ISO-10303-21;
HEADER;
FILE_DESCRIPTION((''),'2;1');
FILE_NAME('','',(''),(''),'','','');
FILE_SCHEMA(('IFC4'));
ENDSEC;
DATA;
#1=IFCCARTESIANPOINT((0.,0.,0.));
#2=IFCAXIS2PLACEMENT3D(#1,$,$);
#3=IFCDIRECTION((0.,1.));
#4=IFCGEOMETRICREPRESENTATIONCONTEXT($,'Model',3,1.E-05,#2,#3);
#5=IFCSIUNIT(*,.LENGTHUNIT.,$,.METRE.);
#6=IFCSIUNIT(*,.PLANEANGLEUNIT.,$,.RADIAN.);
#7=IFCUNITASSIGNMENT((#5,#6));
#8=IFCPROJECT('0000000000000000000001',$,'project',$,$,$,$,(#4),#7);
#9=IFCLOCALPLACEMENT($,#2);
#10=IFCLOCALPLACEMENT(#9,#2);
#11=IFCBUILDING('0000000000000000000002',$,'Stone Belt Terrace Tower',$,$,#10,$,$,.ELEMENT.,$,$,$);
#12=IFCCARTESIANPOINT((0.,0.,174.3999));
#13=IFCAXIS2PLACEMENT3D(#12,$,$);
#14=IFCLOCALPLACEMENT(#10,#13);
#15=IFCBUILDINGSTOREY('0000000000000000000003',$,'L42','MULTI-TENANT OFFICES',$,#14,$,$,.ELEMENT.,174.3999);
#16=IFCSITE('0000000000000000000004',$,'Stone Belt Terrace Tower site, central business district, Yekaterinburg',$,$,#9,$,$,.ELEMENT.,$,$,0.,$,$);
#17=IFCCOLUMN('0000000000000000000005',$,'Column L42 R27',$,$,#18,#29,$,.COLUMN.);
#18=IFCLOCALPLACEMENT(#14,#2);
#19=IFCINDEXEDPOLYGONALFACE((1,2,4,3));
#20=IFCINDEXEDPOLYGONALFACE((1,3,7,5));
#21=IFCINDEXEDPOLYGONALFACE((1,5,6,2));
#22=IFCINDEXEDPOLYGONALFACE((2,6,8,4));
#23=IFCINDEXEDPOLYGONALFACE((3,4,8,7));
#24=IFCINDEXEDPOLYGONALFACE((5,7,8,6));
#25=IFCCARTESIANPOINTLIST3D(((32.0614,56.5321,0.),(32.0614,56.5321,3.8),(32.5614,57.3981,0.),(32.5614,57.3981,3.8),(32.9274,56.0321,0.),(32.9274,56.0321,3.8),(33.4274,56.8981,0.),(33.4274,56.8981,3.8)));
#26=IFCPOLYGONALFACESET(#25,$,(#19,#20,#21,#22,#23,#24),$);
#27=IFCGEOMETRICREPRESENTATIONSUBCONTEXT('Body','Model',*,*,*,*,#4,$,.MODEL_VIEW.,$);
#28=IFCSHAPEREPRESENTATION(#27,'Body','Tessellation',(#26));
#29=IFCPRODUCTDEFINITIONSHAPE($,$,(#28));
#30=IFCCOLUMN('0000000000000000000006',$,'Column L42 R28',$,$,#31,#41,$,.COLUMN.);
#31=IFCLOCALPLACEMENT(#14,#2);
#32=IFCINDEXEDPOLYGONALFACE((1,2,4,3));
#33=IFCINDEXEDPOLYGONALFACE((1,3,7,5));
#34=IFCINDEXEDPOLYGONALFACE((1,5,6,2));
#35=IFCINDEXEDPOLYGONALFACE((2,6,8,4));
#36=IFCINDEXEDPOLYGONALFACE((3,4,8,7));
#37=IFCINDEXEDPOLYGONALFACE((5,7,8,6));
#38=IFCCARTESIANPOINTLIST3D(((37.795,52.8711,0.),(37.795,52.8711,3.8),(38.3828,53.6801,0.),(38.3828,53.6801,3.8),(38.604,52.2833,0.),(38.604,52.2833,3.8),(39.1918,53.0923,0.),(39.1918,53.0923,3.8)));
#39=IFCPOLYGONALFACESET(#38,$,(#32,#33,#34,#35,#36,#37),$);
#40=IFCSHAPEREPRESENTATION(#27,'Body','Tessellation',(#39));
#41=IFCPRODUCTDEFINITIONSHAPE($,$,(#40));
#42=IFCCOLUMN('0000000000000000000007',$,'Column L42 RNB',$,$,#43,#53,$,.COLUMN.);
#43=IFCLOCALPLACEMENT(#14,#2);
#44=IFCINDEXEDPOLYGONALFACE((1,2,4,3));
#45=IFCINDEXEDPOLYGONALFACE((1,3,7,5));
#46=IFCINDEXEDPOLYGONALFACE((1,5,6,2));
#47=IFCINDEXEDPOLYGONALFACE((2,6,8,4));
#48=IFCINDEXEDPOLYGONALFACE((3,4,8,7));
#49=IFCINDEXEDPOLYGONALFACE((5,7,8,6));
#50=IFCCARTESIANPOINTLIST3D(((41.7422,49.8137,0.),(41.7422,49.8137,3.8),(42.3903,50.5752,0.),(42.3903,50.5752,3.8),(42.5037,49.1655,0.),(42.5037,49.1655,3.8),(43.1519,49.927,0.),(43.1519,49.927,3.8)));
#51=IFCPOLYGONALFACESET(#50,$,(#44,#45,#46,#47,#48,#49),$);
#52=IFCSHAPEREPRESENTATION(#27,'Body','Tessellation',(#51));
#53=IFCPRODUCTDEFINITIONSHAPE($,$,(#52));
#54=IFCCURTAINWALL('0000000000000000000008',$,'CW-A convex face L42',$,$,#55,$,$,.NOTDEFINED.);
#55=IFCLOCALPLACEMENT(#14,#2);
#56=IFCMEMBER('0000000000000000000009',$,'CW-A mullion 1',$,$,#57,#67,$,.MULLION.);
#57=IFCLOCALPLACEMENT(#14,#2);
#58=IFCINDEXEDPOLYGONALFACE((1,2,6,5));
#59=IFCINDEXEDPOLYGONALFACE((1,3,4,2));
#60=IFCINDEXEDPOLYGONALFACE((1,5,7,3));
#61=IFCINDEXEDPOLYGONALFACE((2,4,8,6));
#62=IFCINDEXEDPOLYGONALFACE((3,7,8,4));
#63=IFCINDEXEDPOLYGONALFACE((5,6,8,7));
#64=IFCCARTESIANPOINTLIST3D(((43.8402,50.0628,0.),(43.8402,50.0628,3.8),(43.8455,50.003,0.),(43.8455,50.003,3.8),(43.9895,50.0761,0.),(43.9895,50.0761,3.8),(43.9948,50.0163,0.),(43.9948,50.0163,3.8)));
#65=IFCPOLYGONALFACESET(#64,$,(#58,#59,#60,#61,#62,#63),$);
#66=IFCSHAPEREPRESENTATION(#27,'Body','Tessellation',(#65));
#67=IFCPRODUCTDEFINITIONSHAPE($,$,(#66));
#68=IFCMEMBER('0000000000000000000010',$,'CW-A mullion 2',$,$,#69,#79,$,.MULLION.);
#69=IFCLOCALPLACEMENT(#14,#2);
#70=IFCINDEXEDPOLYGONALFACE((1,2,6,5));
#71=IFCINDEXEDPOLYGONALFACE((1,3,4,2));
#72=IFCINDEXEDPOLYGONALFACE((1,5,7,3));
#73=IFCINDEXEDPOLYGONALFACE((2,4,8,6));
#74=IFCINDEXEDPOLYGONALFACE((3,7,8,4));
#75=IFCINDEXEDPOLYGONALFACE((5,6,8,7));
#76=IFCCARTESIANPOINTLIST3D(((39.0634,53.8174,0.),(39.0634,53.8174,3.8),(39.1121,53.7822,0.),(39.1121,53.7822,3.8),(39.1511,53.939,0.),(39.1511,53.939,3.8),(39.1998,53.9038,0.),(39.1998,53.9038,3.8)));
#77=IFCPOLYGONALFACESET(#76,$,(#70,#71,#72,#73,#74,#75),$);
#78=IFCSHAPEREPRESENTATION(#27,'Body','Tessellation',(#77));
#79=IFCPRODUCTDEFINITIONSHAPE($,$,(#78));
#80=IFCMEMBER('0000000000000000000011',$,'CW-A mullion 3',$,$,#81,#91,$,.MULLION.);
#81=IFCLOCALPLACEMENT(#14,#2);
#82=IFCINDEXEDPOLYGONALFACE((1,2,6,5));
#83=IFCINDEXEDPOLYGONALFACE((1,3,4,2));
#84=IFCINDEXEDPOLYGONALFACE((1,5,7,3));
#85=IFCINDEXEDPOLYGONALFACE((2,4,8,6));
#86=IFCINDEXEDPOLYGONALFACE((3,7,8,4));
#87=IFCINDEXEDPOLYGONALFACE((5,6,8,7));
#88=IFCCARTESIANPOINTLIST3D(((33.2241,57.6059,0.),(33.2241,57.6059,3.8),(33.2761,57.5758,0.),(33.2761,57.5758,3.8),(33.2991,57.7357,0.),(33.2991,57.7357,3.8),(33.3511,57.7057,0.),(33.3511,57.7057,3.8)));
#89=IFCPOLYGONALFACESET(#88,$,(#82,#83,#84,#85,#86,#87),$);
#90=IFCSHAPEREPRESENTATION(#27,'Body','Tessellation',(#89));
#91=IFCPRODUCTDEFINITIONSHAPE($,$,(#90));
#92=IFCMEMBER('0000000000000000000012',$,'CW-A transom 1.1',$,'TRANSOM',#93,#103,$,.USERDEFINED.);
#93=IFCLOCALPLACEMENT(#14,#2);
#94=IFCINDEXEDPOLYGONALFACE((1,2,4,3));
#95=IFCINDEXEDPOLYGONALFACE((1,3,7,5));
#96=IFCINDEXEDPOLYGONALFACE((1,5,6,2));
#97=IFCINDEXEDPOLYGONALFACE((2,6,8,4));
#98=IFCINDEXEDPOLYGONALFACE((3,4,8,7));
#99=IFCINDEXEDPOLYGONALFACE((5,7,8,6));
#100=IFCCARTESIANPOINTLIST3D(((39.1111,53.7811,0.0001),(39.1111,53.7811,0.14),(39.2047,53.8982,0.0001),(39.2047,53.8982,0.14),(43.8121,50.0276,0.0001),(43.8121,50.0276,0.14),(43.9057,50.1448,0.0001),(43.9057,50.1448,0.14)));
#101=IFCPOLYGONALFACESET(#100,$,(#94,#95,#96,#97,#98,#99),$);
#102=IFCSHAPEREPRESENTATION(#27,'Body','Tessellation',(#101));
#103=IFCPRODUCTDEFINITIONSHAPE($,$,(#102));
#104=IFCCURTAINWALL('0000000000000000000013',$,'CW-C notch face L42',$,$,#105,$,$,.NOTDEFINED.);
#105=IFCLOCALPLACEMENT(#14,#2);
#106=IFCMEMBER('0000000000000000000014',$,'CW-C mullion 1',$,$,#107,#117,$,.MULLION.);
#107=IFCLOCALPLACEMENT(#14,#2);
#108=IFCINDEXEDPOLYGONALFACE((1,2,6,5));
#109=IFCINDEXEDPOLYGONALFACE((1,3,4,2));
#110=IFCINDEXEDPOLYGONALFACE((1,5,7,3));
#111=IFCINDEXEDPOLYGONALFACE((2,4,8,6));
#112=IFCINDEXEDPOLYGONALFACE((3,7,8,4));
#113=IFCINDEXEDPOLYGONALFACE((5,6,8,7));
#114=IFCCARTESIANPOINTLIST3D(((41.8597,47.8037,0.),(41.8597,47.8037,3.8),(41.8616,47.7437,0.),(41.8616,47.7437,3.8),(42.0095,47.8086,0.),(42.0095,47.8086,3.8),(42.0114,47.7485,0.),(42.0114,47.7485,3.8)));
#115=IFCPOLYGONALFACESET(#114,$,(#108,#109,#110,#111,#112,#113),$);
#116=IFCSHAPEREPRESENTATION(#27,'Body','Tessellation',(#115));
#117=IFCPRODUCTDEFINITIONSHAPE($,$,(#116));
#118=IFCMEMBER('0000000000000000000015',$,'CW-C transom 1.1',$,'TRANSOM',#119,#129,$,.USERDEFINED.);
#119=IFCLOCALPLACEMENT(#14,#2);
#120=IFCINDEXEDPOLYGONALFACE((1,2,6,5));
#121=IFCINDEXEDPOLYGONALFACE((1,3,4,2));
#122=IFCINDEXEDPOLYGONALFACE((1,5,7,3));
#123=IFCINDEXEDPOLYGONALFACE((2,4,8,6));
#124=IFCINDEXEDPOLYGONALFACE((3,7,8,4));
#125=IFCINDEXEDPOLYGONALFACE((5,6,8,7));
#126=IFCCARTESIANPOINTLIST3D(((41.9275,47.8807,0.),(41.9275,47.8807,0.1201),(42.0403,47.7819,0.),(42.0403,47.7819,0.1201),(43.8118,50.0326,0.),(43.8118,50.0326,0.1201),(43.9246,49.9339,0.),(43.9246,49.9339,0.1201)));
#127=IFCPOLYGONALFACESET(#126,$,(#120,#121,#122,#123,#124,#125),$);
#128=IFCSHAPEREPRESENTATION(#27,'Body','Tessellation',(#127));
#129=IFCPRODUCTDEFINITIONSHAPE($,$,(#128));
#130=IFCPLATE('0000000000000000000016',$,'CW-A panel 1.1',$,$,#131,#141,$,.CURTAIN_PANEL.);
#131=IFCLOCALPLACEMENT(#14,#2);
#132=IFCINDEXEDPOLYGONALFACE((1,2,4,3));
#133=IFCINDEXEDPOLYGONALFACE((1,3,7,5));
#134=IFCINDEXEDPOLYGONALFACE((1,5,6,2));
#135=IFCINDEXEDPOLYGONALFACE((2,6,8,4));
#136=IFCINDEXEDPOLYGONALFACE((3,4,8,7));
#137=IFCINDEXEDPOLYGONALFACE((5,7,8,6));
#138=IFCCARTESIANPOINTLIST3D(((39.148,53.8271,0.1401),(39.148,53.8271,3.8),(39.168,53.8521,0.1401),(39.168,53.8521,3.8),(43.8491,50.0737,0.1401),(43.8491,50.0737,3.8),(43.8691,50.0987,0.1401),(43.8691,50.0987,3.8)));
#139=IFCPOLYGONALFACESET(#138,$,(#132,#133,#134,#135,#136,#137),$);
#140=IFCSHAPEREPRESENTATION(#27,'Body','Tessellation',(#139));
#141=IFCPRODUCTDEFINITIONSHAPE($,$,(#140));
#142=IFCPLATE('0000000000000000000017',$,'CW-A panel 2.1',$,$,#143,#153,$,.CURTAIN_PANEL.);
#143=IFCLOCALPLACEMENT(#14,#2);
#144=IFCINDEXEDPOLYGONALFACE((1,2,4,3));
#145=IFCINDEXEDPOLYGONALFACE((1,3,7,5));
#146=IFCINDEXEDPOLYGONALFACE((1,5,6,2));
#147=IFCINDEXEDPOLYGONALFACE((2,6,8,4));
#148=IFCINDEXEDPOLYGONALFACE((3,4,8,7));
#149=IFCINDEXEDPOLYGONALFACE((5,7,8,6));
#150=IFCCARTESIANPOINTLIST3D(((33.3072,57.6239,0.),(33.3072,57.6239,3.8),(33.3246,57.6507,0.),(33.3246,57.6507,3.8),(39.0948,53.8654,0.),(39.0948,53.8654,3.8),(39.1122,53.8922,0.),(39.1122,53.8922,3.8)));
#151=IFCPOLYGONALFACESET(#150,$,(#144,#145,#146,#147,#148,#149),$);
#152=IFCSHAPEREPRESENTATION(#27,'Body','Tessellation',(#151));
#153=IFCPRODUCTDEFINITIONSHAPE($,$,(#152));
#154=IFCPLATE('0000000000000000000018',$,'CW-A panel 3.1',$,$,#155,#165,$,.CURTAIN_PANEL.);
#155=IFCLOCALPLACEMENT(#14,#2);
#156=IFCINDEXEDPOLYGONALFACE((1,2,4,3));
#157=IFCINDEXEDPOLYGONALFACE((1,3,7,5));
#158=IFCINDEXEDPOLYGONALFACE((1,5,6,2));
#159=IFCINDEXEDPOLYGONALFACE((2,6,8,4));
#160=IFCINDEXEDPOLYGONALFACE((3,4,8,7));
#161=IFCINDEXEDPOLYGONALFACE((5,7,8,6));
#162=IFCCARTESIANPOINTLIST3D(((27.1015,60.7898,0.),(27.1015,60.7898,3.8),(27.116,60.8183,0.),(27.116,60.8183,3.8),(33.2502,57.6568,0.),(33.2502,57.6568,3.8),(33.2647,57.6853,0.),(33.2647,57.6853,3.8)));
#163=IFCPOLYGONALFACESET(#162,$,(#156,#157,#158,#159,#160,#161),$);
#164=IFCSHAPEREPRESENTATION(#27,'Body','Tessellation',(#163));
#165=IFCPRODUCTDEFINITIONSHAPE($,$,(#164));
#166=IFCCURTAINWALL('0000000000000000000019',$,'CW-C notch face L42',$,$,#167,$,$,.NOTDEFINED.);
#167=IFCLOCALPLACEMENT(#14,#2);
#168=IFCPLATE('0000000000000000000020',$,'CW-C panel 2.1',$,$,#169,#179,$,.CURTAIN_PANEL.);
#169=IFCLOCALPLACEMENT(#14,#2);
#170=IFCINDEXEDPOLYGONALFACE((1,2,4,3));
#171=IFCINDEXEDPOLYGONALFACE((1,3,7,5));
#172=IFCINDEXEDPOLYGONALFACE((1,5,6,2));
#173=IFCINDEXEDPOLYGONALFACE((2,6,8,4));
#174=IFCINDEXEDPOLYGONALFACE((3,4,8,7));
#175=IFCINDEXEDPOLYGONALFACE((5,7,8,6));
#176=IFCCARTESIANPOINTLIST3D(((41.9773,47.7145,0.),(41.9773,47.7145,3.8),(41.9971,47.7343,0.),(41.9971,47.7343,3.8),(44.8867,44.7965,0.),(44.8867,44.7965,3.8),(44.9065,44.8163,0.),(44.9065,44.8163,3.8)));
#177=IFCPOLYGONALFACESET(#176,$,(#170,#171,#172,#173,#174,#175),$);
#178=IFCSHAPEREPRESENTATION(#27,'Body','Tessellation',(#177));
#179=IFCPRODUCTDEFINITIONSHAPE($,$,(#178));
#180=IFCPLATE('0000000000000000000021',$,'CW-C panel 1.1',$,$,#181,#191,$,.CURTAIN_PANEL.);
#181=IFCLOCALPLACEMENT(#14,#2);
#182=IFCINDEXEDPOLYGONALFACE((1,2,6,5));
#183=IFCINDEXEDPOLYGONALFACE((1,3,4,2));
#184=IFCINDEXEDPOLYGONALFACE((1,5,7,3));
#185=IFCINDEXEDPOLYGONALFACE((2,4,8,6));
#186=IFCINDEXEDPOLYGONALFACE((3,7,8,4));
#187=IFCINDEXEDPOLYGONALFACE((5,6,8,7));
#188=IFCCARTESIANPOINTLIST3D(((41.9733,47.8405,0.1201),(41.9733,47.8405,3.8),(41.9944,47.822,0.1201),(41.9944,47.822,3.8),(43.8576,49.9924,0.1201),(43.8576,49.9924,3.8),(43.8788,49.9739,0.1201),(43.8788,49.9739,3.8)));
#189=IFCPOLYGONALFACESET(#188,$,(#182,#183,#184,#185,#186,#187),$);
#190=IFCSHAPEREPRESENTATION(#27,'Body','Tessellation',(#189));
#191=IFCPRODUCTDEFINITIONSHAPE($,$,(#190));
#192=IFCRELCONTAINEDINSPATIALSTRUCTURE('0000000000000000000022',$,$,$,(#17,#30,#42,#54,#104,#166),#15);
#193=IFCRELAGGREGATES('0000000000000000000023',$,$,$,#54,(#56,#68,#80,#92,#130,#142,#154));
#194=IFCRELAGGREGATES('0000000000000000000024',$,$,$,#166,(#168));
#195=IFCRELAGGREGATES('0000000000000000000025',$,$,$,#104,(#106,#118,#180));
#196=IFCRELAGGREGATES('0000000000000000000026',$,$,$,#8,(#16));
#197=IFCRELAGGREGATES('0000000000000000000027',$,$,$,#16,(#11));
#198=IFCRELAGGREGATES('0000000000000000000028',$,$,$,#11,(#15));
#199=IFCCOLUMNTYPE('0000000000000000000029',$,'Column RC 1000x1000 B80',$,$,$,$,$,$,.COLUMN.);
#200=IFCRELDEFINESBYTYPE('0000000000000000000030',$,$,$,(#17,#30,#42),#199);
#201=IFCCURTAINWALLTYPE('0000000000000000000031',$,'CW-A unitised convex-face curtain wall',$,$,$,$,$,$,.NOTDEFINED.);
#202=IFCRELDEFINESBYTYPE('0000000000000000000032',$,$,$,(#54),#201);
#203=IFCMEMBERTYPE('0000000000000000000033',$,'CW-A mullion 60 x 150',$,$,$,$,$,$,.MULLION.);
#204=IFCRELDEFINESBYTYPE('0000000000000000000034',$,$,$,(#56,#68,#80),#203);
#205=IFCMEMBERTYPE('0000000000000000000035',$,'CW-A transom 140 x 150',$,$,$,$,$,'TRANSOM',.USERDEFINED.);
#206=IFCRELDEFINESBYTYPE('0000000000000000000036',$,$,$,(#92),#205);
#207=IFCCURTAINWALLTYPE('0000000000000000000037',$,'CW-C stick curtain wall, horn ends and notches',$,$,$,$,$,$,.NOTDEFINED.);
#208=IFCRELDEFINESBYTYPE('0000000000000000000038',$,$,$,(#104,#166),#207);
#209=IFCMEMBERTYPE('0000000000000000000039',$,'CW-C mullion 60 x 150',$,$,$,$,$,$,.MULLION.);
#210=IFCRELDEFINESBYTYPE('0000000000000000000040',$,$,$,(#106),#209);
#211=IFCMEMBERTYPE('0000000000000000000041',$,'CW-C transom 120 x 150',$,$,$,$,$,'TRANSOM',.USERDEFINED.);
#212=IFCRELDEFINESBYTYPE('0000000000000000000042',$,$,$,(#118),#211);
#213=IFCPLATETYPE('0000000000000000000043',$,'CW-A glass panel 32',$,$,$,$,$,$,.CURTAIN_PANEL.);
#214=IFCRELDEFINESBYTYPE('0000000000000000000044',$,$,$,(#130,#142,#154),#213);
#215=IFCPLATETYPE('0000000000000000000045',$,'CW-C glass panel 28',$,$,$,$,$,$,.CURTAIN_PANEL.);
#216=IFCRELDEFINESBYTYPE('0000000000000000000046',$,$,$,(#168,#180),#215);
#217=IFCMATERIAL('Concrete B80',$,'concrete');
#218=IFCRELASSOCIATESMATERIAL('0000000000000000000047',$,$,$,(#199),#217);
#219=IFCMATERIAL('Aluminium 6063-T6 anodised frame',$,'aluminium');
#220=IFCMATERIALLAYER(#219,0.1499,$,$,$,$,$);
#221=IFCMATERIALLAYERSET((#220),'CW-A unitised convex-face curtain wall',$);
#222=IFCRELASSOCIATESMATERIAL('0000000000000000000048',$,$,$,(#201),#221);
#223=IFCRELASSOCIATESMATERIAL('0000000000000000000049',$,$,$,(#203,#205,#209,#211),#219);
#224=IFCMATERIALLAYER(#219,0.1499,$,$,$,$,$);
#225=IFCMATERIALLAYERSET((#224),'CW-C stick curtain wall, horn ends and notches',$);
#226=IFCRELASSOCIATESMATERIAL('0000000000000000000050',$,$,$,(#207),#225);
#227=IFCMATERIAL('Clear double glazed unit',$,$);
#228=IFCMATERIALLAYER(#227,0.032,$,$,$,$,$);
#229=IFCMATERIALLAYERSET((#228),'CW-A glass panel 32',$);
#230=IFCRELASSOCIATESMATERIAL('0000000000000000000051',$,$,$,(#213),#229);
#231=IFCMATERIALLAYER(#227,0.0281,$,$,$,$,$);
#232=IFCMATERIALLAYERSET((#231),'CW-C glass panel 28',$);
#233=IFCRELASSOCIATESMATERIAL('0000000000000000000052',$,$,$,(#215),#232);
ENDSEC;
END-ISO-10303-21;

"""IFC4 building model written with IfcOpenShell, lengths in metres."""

from ifc_helpers import new_model, si_unit, direction, frame, origin, origin_2d, place, context, subcontext, project, spatial, rectangle, extrude, material, layer, layer_set, material_profile, profile_set, type_object, element, aggregate, save


model = new_model("IFC4")

# Units and contexts
model_context = context("Model", 3, precision=1e-05, world=origin(), true_north=direction((0.0, 1.0)))
body_context = subcontext(model_context, "Body", "Model", "MODEL_VIEW")
ifc_project = project(units=[si_unit("LENGTHUNIT", "METRE"), si_unit("PLANEANGLEUNIT", "RADIAN")], contexts=[model_context])

# Site, building, storey
site_placement = place(None, origin())
site = spatial("IfcSite", under=ifc_project, at=site_placement, Name="Stone Belt Terrace Tower site, central business district, Yekaterinburg", CompositionType="ELEMENT", RefElevation=0.0)
building_placement = place(site_placement, origin())
building = spatial("IfcBuilding", under=site, at=building_placement, Name="Stone Belt Terrace Tower", CompositionType="ELEMENT")
storey_placement = place(building_placement, frame((0.0, 0.0, 174.3999)))
storey = spatial("IfcBuildingStorey", under=building, at=storey_placement, Name="L42", Description="MULTI-TENANT OFFICES", CompositionType="ELEMENT", Elevation=174.3999)

# Columns
ifc_material_1 = material(Name="Concrete B80", Category="concrete")
ifc_material_profile_1 = material_profile(ifc_material_1, rectangle(XDim=1.0, YDim=1.0, at=origin_2d()), Name="RC 1000x1000")
ifc_profile_set_1 = profile_set([ifc_material_profile_1], Name="Concrete B80")
column_type = type_object("IfcColumnType", Name="Column RC 1000x1000 B80", PredefinedType="COLUMN", material=ifc_profile_set_1)
for number, where, z_axis, x_axis, name in (
    (1, (32.7444, 56.7151, 0.0), (0.0, 0.0, 1.0), (0.866025, -0.5, 0.0), "Column L42 R27"),
    (2, (38.4934, 52.9817, 0.0), (0.0, 0.0, 1.0), (0.809017, -0.587785, 0.0), "Column L42 R28"),
    (3, (42.447, 49.8704, 0.0), (0.0, 0.0, 1.0), (0.761509, -0.648154, 0.0), "Column L42 RNB"),
):
    element("IfcColumn", number, at=place(storey_placement, frame(where, z_axis=z_axis, x_axis=x_axis)), inside=storey, type_object=column_type, Name=name, PredefinedType="COLUMN", context=body_context, shape_type="SweptSolid", body=[
        extrude(rectangle(XDim=1.0, YDim=1.0, at=origin_2d()), origin(), (0.0, 0.0, 1.0), 3.8),
    ])

# Curtain walls, members
ifc_material_2 = material(Name="Aluminium 6063-T6 anodised frame", Category="aluminium")
ifc_layer_1 = layer(ifc_material_2, 0.1499)
ifc_layer_set_1 = layer_set([ifc_layer_1], Name="CW-A unitised convex-face curtain wall")
curtain_wall_type_1 = type_object("IfcCurtainWallType", Name="CW-A unitised convex-face curtain wall", PredefinedType="NOTDEFINED", material=ifc_layer_set_1)
curtain_wall_1_placement = place(storey_placement, origin())
curtain_wall_1 = element("IfcCurtainWall", 4, at=curtain_wall_1_placement, inside=storey, type_object=curtain_wall_type_1, Name="CW-A convex face L42", PredefinedType="NOTDEFINED")
ifc_material_profile_2 = material_profile(ifc_material_2, rectangle(XDim=0.1499, YDim=0.0601, at=origin_2d()), Name="Aluminium 6063-T6 60x150")
ifc_profile_set_2 = profile_set([ifc_material_profile_2], Name="Aluminium 6063-T6 anodised frame")
member_type_1 = type_object("IfcMemberType", Name="CW-A mullion 60 x 150", PredefinedType="MULLION", material=ifc_profile_set_2)
member_1_placement = place(storey_placement, frame((43.9175, 50.0396, 0.0), z_axis=(0.0, 0.0, 1.0), x_axis=(-0.99605, -0.088796, 0.0)))
member_1 = element("IfcMember", 5, at=member_1_placement, type_object=member_type_1, Name="CW-A mullion 1", PredefinedType="MULLION", context=body_context, shape_type="SweptSolid", body=[
    extrude(rectangle(XDim=0.1499, YDim=0.0601, at=origin_2d()), origin(), (0.0, 0.0, 1.0), 3.8),
])
member_2_placement = place(storey_placement, frame((39.1316, 53.8606, 0.0), z_axis=(0.0, 0.0, 1.0), x_axis=(-0.584984, -0.811045, 0.0)))
member_2 = element("IfcMember", 6, at=member_2_placement, type_object=member_type_1, Name="CW-A mullion 2", PredefinedType="MULLION", context=body_context, shape_type="SweptSolid", body=[
    extrude(rectangle(XDim=0.1499, YDim=0.0601, at=origin_2d()), origin(), (0.0, 0.0, 1.0), 3.8),
])
member_3_placement = place(storey_placement, frame((33.2876, 57.6558, 0.0), z_axis=(0.0, 0.0, 1.0), x_axis=(-0.5, -0.866025, 0.0)))
member_3 = element("IfcMember", 7, at=member_3_placement, type_object=member_type_1, Name="CW-A mullion 3", PredefinedType="MULLION", context=body_context, shape_type="SweptSolid", body=[
    extrude(rectangle(XDim=0.1499, YDim=0.0601, at=origin_2d()), origin(), (0.0, 0.0, 1.0), 3.8),
])
ifc_material_profile_3 = material_profile(ifc_material_2, rectangle(XDim=0.1499, YDim=0.1399, at=origin_2d()), Name="Aluminium 6063-T6 150x140")
ifc_profile_set_3 = profile_set([ifc_material_profile_3], Name="Aluminium 6063-T6 anodised frame")
member_type_2 = type_object("IfcMemberType", Name="CW-A transom 140 x 150", ElementType="TRANSOM", PredefinedType="USERDEFINED", material=ifc_profile_set_3)
member_4_placement = place(storey_placement, frame((43.8589, 50.0862, 0.0701), z_axis=(-0.781462, 0.623952, 0.0), x_axis=(-0.623952, -0.781462, 0.0)))
member_4 = element("IfcMember", 8, at=member_4_placement, type_object=member_type_2, Name="CW-A transom 1.1", ObjectType="TRANSOM", PredefinedType="USERDEFINED", context=body_context, shape_type="SweptSolid", body=[
    extrude(rectangle(XDim=0.1499, YDim=0.1399, at=origin_2d()), origin(), (0.0, 0.0, 1.0), 6.0156),
])
ifc_layer_2 = layer(ifc_material_2, 0.1499)
ifc_layer_set_2 = layer_set([ifc_layer_2], Name="CW-C stick curtain wall, horn ends and notches")
curtain_wall_type_2 = type_object("IfcCurtainWallType", Name="CW-C stick curtain wall, horn ends and notches", PredefinedType="NOTDEFINED", material=ifc_layer_set_2)
curtain_wall_2_placement = place(storey_placement, origin())
curtain_wall_2 = element("IfcCurtainWall", 9, at=curtain_wall_2_placement, inside=storey, type_object=curtain_wall_type_2, Name="CW-C notch face L42", PredefinedType="NOTDEFINED")
ifc_material_profile_4 = material_profile(ifc_material_2, rectangle(XDim=0.1499, YDim=0.0601, at=origin_2d()), Name="Aluminium 6063-T6 60x150")
ifc_profile_set_4 = profile_set([ifc_material_profile_4], Name="Aluminium 6063-T6 anodised frame")
member_type_3 = type_object("IfcMemberType", Name="CW-C mullion 60 x 150", PredefinedType="MULLION", material=ifc_profile_set_4)
member_5_placement = place(storey_placement, frame((41.9355, 47.7761, 0.0), z_axis=(0.0, 0.0, 1.0), x_axis=(-0.999477, -0.032351, 0.0)))
member_5 = element("IfcMember", 10, at=member_5_placement, type_object=member_type_3, Name="CW-C mullion 1", PredefinedType="MULLION", context=body_context, shape_type="SweptSolid", body=[
    extrude(rectangle(XDim=0.1499, YDim=0.0601, at=origin_2d()), origin(), (0.0, 0.0, 1.0), 3.8),
])
ifc_material_profile_5 = material_profile(ifc_material_2, rectangle(XDim=0.1499, YDim=0.1201, at=origin_2d()), Name="Aluminium 6063-T6 150x120")
ifc_profile_set_5 = profile_set([ifc_material_profile_5], Name="Aluminium 6063-T6 anodised frame")
member_type_4 = type_object("IfcMemberType", Name="CW-C transom 120 x 150", ElementType="TRANSOM", PredefinedType="USERDEFINED", material=ifc_profile_set_5)
member_6_placement = place(storey_placement, frame((41.9839, 47.8313, 0.0601), z_axis=(0.658783, 0.752333, 0.0), x_axis=(-0.752333, 0.658783, 0.0)))
member_6 = element("IfcMember", 11, at=member_6_placement, type_object=member_type_4, Name="CW-C transom 1.1", ObjectType="TRANSOM", PredefinedType="USERDEFINED", context=body_context, shape_type="SweptSolid", body=[
    extrude(rectangle(XDim=0.1499, YDim=0.1201, at=origin_2d()), origin(), (0.0, 0.0, 1.0), 2.8604),
])

# Plates
ifc_material_3 = material(Name="Clear double glazed unit")
ifc_layer_3 = layer(ifc_material_3, 0.032)
ifc_layer_set_3 = layer_set([ifc_layer_3], Name="CW-A glass panel 32")
plate_type_1 = type_object("IfcPlateType", Name="CW-A glass panel 32", PredefinedType="CURTAIN_PANEL", material=ifc_layer_set_3)
plate_1_placement = place(storey_placement, frame((41.5085, 51.9629, 0.1401), z_axis=(0.0, 0.0, 1.0), x_axis=(-0.781479, 0.623931, 0.0)))
plate_1 = element("IfcPlate", 12, at=plate_1_placement, type_object=plate_type_1, Name="CW-A panel 1.1", PredefinedType="CURTAIN_PANEL", context=body_context, shape_type="SweptSolid", body=[
    extrude(rectangle(XDim=6.0156, YDim=0.032, at=origin_2d()), origin(), (0.0, 0.0, 1.0), 3.6599),
])
plate_2_placement = place(storey_placement, frame((36.2097, 55.7581, 0.0), z_axis=(0.0, 0.0, 1.0), x_axis=(-0.838671, 0.544639, 0.0)))
plate_2 = element("IfcPlate", 13, at=plate_2_placement, type_object=plate_type_1, Name="CW-A panel 2.1", PredefinedType="CURTAIN_PANEL", context=body_context, shape_type="SweptSolid", body=[
    extrude(rectangle(XDim=6.9009, YDim=0.032, at=origin_2d()), origin(), (0.0, 0.0, 1.0), 3.8),
])
plate_3_placement = place(storey_placement, frame((30.1831, 59.2375, 0.0), z_axis=(0.0, 0.0, 1.0), x_axis=(-0.891007, 0.45399, 0.0)))
plate_3 = element("IfcPlate", 14, at=plate_3_placement, type_object=plate_type_1, Name="CW-A panel 3.1", PredefinedType="CURTAIN_PANEL", context=body_context, shape_type="SweptSolid", body=[
    extrude(rectangle(XDim=6.9009, YDim=0.032, at=origin_2d()), origin(), (0.0, 0.0, 1.0), 3.8),
])
aggregate(curtain_wall_1, [member_1, member_2, member_3, member_4, plate_1, plate_2, plate_3])

# Curtain wall, plate
curtain_wall_3_placement = place(storey_placement, origin())
curtain_wall_3 = element("IfcCurtainWall", 15, at=curtain_wall_3_placement, inside=storey, type_object=curtain_wall_type_2, Name="CW-C notch face L42", PredefinedType="NOTDEFINED")
ifc_layer_4 = layer(ifc_material_3, 0.0281)
ifc_layer_set_4 = layer_set([ifc_layer_4], Name="CW-C glass panel 28")
plate_type_2 = type_object("IfcPlateType", Name="CW-C glass panel 28", PredefinedType="CURTAIN_PANEL", material=ifc_layer_set_4)
plate_4_placement = place(storey_placement, frame((43.4419, 46.2654, 0.0), z_axis=(0.0, 0.0, 1.0), x_axis=(-0.706061, 0.708151, 0.0)))
plate_4 = element("IfcPlate", 16, at=plate_4_placement, type_object=plate_type_2, Name="CW-C panel 2.1", PredefinedType="CURTAIN_PANEL", context=body_context, shape_type="SweptSolid", body=[
    extrude(rectangle(XDim=4.1206, YDim=0.0281, at=origin_2d()), origin(), (0.0, 0.0, 1.0), 3.8),
])
aggregate(curtain_wall_3, [plate_4])

# Plate
plate_5_placement = place(storey_placement, frame((42.926, 48.9072, 0.1201), z_axis=(0.0, 0.0, 1.0), x_axis=(0.658788, 0.752328, 0.0)))
plate_5 = element("IfcPlate", 17, at=plate_5_placement, type_object=plate_type_2, Name="CW-C panel 1.1", PredefinedType="CURTAIN_PANEL", context=body_context, shape_type="SweptSolid", body=[
    extrude(rectangle(XDim=2.8604, YDim=0.0281, at=origin_2d()), origin(), (0.0, 0.0, 1.0), 3.6799),
])
aggregate(curtain_wall_2, [member_5, member_6, plate_5])

save(model, "model.ifc")
